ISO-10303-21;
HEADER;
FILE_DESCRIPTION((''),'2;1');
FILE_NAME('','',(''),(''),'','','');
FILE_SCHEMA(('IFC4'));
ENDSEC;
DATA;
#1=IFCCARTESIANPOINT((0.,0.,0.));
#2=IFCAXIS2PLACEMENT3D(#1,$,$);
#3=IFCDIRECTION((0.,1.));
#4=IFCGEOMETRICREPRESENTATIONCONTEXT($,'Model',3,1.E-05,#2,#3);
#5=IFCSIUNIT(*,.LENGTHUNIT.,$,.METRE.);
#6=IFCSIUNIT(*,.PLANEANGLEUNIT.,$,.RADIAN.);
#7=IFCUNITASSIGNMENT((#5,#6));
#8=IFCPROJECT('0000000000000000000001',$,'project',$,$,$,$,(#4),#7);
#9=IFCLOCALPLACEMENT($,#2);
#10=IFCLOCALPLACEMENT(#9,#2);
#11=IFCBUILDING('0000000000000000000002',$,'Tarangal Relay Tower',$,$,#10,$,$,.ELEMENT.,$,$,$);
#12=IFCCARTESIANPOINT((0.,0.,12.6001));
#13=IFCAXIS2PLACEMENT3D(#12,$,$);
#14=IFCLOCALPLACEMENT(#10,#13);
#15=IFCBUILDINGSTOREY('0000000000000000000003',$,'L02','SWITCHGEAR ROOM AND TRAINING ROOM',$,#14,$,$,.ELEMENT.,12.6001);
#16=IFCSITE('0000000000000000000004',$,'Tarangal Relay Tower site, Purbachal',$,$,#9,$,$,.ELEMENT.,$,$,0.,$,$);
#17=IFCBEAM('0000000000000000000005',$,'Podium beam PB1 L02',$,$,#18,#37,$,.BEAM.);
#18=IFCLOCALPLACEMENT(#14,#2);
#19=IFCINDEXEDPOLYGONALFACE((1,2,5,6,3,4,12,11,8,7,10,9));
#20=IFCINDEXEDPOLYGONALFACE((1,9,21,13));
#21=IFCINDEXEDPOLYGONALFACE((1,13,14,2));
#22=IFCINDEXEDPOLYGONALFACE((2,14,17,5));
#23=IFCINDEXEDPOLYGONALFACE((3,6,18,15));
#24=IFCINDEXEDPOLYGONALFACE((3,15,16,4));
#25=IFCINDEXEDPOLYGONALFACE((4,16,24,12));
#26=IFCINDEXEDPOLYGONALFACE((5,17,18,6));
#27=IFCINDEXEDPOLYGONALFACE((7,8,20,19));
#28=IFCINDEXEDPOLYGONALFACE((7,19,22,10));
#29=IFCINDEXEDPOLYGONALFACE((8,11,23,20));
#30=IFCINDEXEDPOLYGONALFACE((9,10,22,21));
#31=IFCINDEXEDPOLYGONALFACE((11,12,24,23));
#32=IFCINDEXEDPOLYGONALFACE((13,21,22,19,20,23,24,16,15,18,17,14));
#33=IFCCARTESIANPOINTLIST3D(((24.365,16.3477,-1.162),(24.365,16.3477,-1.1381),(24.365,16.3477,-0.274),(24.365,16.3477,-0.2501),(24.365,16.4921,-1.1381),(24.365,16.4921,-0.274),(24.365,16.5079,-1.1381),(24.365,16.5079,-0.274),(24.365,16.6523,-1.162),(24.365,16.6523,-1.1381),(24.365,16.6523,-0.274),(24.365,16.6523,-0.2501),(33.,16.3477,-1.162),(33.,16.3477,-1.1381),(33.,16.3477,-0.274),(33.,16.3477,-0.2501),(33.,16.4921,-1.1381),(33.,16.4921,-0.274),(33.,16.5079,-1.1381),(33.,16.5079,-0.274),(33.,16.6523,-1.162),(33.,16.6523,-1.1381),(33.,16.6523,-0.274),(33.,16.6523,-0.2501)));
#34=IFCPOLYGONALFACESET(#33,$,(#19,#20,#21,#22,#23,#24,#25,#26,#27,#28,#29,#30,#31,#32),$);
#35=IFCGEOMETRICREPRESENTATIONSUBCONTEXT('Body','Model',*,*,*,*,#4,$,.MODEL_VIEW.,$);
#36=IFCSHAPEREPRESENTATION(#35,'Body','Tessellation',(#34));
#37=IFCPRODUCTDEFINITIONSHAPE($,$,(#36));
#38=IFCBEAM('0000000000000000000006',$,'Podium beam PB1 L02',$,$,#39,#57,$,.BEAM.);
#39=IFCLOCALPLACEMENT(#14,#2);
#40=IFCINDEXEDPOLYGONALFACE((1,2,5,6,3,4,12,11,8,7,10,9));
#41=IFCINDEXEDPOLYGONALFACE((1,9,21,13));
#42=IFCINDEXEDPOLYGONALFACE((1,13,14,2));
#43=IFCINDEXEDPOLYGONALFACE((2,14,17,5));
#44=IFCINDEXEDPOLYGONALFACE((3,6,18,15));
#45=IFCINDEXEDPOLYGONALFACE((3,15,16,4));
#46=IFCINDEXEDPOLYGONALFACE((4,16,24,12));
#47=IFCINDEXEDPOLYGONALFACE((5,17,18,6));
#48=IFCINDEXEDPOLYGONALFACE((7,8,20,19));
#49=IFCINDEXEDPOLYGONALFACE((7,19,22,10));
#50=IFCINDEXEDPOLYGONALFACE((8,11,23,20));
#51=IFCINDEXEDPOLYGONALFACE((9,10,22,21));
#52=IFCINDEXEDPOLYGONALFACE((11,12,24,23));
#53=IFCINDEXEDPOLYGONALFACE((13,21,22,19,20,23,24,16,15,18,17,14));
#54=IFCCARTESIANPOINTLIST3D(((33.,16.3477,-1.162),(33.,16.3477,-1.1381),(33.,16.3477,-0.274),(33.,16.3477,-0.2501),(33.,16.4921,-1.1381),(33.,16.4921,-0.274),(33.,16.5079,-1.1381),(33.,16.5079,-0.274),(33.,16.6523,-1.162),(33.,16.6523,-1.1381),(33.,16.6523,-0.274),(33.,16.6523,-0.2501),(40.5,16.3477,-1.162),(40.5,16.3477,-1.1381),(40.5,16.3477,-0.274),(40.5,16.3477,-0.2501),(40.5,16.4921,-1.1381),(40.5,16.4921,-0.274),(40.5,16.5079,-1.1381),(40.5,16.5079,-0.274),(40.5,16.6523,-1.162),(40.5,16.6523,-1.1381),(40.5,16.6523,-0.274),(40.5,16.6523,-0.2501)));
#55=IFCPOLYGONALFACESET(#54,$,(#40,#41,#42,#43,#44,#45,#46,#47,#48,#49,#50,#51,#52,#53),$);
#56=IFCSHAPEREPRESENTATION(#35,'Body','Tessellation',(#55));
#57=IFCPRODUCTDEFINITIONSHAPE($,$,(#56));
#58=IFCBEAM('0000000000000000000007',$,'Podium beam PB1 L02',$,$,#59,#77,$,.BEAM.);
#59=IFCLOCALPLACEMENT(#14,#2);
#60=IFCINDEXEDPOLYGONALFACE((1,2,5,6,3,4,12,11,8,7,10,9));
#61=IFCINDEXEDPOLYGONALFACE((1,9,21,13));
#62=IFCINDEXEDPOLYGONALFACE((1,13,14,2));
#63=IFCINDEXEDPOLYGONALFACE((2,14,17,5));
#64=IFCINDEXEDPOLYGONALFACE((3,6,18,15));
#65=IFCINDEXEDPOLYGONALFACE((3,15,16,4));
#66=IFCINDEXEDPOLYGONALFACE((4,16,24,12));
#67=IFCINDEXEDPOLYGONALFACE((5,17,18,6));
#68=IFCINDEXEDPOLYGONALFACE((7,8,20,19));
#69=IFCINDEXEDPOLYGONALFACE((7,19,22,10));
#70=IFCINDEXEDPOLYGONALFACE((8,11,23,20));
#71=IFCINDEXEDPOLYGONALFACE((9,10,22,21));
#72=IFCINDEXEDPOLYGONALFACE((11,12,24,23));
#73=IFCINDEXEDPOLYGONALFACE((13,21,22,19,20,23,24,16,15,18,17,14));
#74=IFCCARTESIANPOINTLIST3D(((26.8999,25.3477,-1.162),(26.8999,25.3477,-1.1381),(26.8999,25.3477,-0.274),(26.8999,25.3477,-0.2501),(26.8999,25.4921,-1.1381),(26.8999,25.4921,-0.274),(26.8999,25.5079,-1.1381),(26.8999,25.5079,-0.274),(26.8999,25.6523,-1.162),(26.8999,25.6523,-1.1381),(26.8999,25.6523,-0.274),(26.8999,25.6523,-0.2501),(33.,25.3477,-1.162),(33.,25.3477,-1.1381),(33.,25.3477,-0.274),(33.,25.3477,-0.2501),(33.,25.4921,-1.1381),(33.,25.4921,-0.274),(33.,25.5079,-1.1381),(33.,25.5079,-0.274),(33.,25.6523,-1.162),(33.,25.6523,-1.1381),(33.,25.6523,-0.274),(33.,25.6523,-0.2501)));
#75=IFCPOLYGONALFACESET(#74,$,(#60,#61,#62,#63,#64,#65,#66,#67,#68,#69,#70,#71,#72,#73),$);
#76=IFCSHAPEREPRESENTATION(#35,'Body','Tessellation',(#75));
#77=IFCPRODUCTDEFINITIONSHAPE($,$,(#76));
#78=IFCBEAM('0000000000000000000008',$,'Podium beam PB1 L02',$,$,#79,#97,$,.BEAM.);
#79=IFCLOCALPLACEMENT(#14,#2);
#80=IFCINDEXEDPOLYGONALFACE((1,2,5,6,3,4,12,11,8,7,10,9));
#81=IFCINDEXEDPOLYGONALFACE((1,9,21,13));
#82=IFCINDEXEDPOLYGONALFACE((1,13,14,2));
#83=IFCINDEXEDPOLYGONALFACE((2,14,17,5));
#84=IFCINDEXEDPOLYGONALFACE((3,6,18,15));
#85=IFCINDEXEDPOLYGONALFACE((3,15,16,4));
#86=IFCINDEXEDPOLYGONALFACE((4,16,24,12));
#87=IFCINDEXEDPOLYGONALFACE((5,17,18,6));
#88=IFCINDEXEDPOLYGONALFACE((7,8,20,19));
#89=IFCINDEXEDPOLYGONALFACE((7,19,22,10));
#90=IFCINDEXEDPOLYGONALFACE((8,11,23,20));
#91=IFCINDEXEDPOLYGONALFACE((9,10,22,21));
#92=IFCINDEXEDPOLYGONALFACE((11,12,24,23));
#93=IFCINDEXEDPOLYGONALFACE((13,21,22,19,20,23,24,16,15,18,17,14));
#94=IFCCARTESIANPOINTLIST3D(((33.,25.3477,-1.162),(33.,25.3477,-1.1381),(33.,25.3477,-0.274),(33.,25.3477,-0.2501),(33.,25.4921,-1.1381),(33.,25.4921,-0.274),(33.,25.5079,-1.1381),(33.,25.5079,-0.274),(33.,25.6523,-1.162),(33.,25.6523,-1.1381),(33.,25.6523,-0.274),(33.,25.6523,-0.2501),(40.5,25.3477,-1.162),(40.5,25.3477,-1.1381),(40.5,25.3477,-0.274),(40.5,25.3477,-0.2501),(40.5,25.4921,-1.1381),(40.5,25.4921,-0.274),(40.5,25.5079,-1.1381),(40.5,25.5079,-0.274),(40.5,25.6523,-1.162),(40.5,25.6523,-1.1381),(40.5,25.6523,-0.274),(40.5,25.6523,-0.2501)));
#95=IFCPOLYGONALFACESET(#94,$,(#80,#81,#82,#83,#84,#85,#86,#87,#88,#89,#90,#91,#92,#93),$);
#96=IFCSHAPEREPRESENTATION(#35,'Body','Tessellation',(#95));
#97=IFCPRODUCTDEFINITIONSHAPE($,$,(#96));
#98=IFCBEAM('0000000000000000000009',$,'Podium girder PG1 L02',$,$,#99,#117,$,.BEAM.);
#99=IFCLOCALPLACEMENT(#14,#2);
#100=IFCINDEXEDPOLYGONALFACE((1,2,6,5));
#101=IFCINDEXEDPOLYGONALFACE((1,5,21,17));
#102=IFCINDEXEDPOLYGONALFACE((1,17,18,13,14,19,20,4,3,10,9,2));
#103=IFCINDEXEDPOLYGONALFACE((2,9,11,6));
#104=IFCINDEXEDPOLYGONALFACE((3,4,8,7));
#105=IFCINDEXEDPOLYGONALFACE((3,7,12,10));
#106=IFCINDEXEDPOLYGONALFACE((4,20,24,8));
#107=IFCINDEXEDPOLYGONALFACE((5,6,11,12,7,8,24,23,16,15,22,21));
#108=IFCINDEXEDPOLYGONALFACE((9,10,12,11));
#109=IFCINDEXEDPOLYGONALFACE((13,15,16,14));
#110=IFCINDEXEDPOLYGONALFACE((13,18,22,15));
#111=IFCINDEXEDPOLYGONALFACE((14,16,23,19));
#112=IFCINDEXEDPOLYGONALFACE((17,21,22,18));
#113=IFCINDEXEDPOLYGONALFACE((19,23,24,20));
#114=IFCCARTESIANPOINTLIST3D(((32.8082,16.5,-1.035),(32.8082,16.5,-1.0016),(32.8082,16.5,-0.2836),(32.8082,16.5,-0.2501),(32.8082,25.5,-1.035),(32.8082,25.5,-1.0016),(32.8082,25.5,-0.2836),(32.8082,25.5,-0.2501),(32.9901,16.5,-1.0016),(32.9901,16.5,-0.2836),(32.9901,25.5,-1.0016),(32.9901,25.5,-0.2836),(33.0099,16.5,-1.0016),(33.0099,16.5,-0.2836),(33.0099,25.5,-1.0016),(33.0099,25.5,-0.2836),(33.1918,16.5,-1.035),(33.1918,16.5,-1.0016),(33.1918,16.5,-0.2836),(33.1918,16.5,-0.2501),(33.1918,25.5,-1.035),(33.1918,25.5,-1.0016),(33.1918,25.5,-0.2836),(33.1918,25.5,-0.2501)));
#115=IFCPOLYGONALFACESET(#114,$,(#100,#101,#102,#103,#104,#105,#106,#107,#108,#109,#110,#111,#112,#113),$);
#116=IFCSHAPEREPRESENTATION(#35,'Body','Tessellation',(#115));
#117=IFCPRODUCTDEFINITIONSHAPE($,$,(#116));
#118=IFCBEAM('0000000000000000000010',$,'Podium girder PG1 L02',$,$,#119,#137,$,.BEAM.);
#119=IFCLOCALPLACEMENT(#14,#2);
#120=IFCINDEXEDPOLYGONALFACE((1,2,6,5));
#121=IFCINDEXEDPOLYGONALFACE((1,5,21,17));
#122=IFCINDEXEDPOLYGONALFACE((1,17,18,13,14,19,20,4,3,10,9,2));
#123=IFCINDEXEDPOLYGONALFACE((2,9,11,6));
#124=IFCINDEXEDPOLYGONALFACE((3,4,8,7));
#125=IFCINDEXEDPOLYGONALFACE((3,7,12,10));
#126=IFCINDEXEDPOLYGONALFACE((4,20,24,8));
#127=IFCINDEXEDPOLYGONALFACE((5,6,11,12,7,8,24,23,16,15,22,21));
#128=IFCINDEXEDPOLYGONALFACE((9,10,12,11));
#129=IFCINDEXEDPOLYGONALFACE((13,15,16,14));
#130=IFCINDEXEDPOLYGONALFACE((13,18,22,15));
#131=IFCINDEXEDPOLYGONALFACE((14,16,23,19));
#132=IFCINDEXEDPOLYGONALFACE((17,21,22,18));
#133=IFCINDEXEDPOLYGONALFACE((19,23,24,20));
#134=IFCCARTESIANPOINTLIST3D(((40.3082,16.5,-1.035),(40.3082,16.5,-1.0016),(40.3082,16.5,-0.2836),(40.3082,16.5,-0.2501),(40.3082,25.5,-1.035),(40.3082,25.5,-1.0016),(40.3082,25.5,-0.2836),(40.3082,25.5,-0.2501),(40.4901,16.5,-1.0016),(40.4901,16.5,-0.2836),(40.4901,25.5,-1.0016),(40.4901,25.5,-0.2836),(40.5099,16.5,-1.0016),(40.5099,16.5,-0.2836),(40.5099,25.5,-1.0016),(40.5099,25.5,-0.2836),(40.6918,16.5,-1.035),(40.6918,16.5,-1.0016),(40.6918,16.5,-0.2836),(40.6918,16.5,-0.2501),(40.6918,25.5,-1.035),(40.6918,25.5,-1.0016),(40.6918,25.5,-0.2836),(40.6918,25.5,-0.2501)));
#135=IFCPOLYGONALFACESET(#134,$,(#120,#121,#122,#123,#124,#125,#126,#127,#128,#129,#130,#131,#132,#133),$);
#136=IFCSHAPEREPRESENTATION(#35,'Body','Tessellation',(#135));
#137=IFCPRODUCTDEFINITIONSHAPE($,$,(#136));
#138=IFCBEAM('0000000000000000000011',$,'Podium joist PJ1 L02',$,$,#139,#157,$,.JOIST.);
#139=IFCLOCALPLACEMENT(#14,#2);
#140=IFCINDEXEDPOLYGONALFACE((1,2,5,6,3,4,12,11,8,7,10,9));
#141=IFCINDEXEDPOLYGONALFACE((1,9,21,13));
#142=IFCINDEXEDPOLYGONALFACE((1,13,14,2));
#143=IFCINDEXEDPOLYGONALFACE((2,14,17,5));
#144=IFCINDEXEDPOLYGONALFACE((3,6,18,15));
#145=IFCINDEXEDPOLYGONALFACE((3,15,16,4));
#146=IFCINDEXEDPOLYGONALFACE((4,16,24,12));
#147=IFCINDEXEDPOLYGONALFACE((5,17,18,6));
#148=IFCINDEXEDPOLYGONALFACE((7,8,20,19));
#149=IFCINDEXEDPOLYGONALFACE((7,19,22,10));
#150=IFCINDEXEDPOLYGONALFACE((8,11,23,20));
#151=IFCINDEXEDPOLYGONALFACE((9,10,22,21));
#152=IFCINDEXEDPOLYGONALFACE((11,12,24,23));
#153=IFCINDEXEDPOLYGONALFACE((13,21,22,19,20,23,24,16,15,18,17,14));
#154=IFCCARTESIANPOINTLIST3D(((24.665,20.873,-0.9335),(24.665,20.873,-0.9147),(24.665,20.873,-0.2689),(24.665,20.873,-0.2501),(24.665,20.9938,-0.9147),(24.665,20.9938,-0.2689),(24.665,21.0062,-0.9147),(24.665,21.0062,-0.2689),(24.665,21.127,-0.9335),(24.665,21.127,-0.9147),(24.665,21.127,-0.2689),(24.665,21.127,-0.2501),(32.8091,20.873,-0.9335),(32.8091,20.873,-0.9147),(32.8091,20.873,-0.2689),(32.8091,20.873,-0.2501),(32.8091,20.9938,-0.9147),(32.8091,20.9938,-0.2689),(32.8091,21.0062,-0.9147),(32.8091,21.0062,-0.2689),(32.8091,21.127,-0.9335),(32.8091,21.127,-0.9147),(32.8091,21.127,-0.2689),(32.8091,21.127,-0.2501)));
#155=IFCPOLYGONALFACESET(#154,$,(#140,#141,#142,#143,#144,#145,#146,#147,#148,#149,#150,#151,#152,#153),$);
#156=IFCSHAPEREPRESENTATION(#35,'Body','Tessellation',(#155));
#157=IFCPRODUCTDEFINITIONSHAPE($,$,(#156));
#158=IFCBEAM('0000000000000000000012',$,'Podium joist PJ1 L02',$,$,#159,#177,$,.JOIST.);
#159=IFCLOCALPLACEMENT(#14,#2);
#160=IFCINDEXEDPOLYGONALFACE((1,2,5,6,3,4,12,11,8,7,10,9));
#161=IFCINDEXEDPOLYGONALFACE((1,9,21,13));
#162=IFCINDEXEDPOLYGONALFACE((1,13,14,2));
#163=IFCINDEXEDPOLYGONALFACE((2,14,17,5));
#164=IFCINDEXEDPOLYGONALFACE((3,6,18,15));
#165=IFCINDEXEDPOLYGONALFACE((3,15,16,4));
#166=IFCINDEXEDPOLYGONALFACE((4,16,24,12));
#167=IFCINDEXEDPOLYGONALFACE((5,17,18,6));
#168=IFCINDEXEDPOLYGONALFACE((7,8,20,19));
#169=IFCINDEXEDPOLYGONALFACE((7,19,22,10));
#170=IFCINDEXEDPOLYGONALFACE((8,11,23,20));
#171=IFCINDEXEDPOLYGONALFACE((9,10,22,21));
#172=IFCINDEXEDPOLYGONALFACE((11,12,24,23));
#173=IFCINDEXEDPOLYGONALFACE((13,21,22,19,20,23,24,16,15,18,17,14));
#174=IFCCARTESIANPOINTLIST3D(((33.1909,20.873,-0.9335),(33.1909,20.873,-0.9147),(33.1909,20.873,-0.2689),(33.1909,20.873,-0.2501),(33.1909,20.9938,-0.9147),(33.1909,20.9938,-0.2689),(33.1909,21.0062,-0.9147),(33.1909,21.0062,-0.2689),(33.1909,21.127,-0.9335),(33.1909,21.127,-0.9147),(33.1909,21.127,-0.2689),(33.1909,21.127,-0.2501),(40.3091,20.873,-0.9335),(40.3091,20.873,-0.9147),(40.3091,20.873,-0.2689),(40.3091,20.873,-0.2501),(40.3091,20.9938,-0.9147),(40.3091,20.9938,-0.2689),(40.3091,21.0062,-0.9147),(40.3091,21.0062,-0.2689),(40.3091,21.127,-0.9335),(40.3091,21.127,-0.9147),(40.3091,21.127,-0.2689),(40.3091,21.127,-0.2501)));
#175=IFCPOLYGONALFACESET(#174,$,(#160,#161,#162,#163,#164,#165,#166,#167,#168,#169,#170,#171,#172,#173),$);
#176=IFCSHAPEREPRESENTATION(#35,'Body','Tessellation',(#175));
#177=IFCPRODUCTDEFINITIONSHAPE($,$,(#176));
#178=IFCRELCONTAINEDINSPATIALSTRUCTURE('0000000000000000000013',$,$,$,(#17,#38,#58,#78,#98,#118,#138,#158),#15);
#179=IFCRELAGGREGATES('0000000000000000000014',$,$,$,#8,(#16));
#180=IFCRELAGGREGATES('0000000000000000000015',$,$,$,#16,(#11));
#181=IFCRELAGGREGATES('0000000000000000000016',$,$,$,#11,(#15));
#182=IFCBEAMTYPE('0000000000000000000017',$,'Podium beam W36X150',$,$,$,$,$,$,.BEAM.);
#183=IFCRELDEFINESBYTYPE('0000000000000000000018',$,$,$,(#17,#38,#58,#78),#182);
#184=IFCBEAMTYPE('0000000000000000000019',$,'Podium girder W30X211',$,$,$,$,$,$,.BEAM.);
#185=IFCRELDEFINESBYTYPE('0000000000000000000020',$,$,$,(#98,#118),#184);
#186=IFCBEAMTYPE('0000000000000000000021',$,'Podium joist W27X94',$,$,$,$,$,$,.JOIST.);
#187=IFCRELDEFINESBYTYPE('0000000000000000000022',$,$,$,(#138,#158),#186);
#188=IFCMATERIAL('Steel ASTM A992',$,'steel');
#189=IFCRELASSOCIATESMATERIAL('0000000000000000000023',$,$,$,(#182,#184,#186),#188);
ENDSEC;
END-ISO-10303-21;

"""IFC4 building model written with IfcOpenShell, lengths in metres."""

from ifc_helpers import new_model, si_unit, direction, frame, origin, origin_2d, place, context, subcontext, project, spatial, i_section, extrude, material, material_profile, profile_set, type_object, element, save


model = new_model("IFC4")

# Units and contexts
model_context = context("Model", 3, precision=1e-05, world=origin(), true_north=direction((0.0, 1.0)))
body_context = subcontext(model_context, "Body", "Model", "MODEL_VIEW")
ifc_project = project(units=[si_unit("LENGTHUNIT", "METRE"), si_unit("PLANEANGLEUNIT", "RADIAN")], contexts=[model_context])

# Site, building, storey
site_placement = place(None, origin())
site = spatial("IfcSite", under=ifc_project, at=site_placement, Name="Tarangal Relay Tower site, Purbachal", CompositionType="ELEMENT", RefElevation=0.0)
building_placement = place(site_placement, origin())
building = spatial("IfcBuilding", under=site, at=building_placement, Name="Tarangal Relay Tower", CompositionType="ELEMENT")
storey_placement = place(building_placement, frame((0.0, 0.0, 12.6001)))
storey = spatial("IfcBuildingStorey", under=building, at=storey_placement, Name="L02", Description="SWITCHGEAR ROOM AND TRAINING ROOM", CompositionType="ELEMENT", Elevation=12.6001)

# Shared definitions
ifc_material_1 = material(Name="Steel ASTM A992", Category="steel")

# Beams
ifc_material_profile_1 = material_profile(ifc_material_1, i_section(OverallWidth=0.3047, OverallDepth=0.9119, WebThickness=0.0159, FlangeThickness=0.0239, at=origin_2d()), Name="W36X150")
ifc_profile_set_1 = profile_set([ifc_material_profile_1], Name="Steel ASTM A992")
beam_type_1 = type_object("IfcBeamType", Name="Podium beam W36X150", PredefinedType="BEAM", material=ifc_profile_set_1)
beam_1_placement = place(storey_placement, frame((24.365, 16.5, -0.7061), z_axis=(1.0, 0.0, 0.0), x_axis=(0.0, 1.0, 0.0)))
element("IfcBeam", 1, at=beam_1_placement, inside=storey, type_object=beam_type_1, Name="Podium beam PB1 L02", PredefinedType="BEAM", context=body_context, shape_type="SweptSolid", body=[
    extrude(i_section(OverallWidth=0.3047, OverallDepth=0.9119, WebThickness=0.0159, FlangeThickness=0.0239, at=origin_2d()), origin(), (0.0, 0.0, 1.0), 8.635),
])
beam_2_placement = place(storey_placement, frame((33.0, 16.5, -0.7061), z_axis=(1.0, 0.0, 0.0), x_axis=(0.0, 1.0, 0.0)))
element("IfcBeam", 2, at=beam_2_placement, inside=storey, type_object=beam_type_1, Name="Podium beam PB1 L02", PredefinedType="BEAM", context=body_context, shape_type="SweptSolid", body=[
    extrude(i_section(OverallWidth=0.3047, OverallDepth=0.9119, WebThickness=0.0159, FlangeThickness=0.0239, at=origin_2d()), origin(), (0.0, 0.0, 1.0), 7.5),
])
beam_3_placement = place(storey_placement, frame((26.8999, 25.5, -0.7061), z_axis=(1.0, 0.0, 0.0), x_axis=(0.0, 1.0, 0.0)))
element("IfcBeam", 3, at=beam_3_placement, inside=storey, type_object=beam_type_1, Name="Podium beam PB1 L02", PredefinedType="BEAM", context=body_context, shape_type="SweptSolid", body=[
    extrude(i_section(OverallWidth=0.3047, OverallDepth=0.9119, WebThickness=0.0159, FlangeThickness=0.0239, at=origin_2d()), origin(), (0.0, 0.0, 1.0), 6.1001),
])
beam_4_placement = place(storey_placement, frame((33.0, 25.5, -0.7061), z_axis=(1.0, 0.0, 0.0), x_axis=(0.0, 1.0, 0.0)))
element("IfcBeam", 4, at=beam_4_placement, inside=storey, type_object=beam_type_1, Name="Podium beam PB1 L02", PredefinedType="BEAM", context=body_context, shape_type="SweptSolid", body=[
    extrude(i_section(OverallWidth=0.3047, OverallDepth=0.9119, WebThickness=0.0159, FlangeThickness=0.0239, at=origin_2d()), origin(), (0.0, 0.0, 1.0), 7.5),
])
ifc_material_profile_2 = material_profile(ifc_material_1, i_section(OverallWidth=0.3835, OverallDepth=0.7849, WebThickness=0.0198, FlangeThickness=0.0334, at=origin_2d()), Name="W30X211")
ifc_profile_set_2 = profile_set([ifc_material_profile_2], Name="Steel ASTM A992")
beam_type_2 = type_object("IfcBeamType", Name="Podium girder W30X211", PredefinedType="BEAM", material=ifc_profile_set_2)
for number, where, z_axis, x_axis, name in (
    (5, (33.0, 16.5, -0.6426), (0.0, 1.0, 0.0), (-1.0, 0.0, 0.0), "Podium girder PG1 L02"),
    (6, (40.5, 16.5, -0.6426), (0.0, 1.0, 0.0), (-1.0, 0.0, 0.0), "Podium girder PG1 L02"),
):
    element("IfcBeam", number, at=place(storey_placement, frame(where, z_axis=z_axis, x_axis=x_axis)), inside=storey, type_object=beam_type_2, Name=name, PredefinedType="BEAM", context=body_context, shape_type="SweptSolid", body=[
        extrude(i_section(OverallWidth=0.3835, OverallDepth=0.7849, WebThickness=0.0198, FlangeThickness=0.0334, at=origin_2d()), origin(), (0.0, 0.0, 1.0), 9.0),
    ])
ifc_material_profile_3 = material_profile(ifc_material_1, i_section(OverallWidth=0.2539, OverallDepth=0.6833, WebThickness=0.0125, FlangeThickness=0.0188, at=origin_2d()), Name="W27X94")
ifc_profile_set_3 = profile_set([ifc_material_profile_3], Name="Steel ASTM A992")
beam_type_3 = type_object("IfcBeamType", Name="Podium joist W27X94", PredefinedType="JOIST", material=ifc_profile_set_3)
beam_5_placement = place(storey_placement, frame((24.665, 21.0, -0.5918), z_axis=(1.0, 0.0, 0.0), x_axis=(0.0, 1.0, 0.0)))
element("IfcBeam", 7, at=beam_5_placement, inside=storey, type_object=beam_type_3, Name="Podium joist PJ1 L02", PredefinedType="JOIST", context=body_context, shape_type="SweptSolid", body=[
    extrude(i_section(OverallWidth=0.2539, OverallDepth=0.6833, WebThickness=0.0125, FlangeThickness=0.0188, at=origin_2d()), origin(), (0.0, 0.0, 1.0), 8.144),
])
beam_6_placement = place(storey_placement, frame((33.1909, 21.0, -0.5918), z_axis=(1.0, 0.0, 0.0), x_axis=(0.0, 1.0, 0.0)))
element("IfcBeam", 8, at=beam_6_placement, inside=storey, type_object=beam_type_3, Name="Podium joist PJ1 L02", PredefinedType="JOIST", context=body_context, shape_type="SweptSolid", body=[
    extrude(i_section(OverallWidth=0.2539, OverallDepth=0.6833, WebThickness=0.0125, FlangeThickness=0.0188, at=origin_2d()), origin(), (0.0, 0.0, 1.0), 7.1182),
])

save(model, "model.ifc")
